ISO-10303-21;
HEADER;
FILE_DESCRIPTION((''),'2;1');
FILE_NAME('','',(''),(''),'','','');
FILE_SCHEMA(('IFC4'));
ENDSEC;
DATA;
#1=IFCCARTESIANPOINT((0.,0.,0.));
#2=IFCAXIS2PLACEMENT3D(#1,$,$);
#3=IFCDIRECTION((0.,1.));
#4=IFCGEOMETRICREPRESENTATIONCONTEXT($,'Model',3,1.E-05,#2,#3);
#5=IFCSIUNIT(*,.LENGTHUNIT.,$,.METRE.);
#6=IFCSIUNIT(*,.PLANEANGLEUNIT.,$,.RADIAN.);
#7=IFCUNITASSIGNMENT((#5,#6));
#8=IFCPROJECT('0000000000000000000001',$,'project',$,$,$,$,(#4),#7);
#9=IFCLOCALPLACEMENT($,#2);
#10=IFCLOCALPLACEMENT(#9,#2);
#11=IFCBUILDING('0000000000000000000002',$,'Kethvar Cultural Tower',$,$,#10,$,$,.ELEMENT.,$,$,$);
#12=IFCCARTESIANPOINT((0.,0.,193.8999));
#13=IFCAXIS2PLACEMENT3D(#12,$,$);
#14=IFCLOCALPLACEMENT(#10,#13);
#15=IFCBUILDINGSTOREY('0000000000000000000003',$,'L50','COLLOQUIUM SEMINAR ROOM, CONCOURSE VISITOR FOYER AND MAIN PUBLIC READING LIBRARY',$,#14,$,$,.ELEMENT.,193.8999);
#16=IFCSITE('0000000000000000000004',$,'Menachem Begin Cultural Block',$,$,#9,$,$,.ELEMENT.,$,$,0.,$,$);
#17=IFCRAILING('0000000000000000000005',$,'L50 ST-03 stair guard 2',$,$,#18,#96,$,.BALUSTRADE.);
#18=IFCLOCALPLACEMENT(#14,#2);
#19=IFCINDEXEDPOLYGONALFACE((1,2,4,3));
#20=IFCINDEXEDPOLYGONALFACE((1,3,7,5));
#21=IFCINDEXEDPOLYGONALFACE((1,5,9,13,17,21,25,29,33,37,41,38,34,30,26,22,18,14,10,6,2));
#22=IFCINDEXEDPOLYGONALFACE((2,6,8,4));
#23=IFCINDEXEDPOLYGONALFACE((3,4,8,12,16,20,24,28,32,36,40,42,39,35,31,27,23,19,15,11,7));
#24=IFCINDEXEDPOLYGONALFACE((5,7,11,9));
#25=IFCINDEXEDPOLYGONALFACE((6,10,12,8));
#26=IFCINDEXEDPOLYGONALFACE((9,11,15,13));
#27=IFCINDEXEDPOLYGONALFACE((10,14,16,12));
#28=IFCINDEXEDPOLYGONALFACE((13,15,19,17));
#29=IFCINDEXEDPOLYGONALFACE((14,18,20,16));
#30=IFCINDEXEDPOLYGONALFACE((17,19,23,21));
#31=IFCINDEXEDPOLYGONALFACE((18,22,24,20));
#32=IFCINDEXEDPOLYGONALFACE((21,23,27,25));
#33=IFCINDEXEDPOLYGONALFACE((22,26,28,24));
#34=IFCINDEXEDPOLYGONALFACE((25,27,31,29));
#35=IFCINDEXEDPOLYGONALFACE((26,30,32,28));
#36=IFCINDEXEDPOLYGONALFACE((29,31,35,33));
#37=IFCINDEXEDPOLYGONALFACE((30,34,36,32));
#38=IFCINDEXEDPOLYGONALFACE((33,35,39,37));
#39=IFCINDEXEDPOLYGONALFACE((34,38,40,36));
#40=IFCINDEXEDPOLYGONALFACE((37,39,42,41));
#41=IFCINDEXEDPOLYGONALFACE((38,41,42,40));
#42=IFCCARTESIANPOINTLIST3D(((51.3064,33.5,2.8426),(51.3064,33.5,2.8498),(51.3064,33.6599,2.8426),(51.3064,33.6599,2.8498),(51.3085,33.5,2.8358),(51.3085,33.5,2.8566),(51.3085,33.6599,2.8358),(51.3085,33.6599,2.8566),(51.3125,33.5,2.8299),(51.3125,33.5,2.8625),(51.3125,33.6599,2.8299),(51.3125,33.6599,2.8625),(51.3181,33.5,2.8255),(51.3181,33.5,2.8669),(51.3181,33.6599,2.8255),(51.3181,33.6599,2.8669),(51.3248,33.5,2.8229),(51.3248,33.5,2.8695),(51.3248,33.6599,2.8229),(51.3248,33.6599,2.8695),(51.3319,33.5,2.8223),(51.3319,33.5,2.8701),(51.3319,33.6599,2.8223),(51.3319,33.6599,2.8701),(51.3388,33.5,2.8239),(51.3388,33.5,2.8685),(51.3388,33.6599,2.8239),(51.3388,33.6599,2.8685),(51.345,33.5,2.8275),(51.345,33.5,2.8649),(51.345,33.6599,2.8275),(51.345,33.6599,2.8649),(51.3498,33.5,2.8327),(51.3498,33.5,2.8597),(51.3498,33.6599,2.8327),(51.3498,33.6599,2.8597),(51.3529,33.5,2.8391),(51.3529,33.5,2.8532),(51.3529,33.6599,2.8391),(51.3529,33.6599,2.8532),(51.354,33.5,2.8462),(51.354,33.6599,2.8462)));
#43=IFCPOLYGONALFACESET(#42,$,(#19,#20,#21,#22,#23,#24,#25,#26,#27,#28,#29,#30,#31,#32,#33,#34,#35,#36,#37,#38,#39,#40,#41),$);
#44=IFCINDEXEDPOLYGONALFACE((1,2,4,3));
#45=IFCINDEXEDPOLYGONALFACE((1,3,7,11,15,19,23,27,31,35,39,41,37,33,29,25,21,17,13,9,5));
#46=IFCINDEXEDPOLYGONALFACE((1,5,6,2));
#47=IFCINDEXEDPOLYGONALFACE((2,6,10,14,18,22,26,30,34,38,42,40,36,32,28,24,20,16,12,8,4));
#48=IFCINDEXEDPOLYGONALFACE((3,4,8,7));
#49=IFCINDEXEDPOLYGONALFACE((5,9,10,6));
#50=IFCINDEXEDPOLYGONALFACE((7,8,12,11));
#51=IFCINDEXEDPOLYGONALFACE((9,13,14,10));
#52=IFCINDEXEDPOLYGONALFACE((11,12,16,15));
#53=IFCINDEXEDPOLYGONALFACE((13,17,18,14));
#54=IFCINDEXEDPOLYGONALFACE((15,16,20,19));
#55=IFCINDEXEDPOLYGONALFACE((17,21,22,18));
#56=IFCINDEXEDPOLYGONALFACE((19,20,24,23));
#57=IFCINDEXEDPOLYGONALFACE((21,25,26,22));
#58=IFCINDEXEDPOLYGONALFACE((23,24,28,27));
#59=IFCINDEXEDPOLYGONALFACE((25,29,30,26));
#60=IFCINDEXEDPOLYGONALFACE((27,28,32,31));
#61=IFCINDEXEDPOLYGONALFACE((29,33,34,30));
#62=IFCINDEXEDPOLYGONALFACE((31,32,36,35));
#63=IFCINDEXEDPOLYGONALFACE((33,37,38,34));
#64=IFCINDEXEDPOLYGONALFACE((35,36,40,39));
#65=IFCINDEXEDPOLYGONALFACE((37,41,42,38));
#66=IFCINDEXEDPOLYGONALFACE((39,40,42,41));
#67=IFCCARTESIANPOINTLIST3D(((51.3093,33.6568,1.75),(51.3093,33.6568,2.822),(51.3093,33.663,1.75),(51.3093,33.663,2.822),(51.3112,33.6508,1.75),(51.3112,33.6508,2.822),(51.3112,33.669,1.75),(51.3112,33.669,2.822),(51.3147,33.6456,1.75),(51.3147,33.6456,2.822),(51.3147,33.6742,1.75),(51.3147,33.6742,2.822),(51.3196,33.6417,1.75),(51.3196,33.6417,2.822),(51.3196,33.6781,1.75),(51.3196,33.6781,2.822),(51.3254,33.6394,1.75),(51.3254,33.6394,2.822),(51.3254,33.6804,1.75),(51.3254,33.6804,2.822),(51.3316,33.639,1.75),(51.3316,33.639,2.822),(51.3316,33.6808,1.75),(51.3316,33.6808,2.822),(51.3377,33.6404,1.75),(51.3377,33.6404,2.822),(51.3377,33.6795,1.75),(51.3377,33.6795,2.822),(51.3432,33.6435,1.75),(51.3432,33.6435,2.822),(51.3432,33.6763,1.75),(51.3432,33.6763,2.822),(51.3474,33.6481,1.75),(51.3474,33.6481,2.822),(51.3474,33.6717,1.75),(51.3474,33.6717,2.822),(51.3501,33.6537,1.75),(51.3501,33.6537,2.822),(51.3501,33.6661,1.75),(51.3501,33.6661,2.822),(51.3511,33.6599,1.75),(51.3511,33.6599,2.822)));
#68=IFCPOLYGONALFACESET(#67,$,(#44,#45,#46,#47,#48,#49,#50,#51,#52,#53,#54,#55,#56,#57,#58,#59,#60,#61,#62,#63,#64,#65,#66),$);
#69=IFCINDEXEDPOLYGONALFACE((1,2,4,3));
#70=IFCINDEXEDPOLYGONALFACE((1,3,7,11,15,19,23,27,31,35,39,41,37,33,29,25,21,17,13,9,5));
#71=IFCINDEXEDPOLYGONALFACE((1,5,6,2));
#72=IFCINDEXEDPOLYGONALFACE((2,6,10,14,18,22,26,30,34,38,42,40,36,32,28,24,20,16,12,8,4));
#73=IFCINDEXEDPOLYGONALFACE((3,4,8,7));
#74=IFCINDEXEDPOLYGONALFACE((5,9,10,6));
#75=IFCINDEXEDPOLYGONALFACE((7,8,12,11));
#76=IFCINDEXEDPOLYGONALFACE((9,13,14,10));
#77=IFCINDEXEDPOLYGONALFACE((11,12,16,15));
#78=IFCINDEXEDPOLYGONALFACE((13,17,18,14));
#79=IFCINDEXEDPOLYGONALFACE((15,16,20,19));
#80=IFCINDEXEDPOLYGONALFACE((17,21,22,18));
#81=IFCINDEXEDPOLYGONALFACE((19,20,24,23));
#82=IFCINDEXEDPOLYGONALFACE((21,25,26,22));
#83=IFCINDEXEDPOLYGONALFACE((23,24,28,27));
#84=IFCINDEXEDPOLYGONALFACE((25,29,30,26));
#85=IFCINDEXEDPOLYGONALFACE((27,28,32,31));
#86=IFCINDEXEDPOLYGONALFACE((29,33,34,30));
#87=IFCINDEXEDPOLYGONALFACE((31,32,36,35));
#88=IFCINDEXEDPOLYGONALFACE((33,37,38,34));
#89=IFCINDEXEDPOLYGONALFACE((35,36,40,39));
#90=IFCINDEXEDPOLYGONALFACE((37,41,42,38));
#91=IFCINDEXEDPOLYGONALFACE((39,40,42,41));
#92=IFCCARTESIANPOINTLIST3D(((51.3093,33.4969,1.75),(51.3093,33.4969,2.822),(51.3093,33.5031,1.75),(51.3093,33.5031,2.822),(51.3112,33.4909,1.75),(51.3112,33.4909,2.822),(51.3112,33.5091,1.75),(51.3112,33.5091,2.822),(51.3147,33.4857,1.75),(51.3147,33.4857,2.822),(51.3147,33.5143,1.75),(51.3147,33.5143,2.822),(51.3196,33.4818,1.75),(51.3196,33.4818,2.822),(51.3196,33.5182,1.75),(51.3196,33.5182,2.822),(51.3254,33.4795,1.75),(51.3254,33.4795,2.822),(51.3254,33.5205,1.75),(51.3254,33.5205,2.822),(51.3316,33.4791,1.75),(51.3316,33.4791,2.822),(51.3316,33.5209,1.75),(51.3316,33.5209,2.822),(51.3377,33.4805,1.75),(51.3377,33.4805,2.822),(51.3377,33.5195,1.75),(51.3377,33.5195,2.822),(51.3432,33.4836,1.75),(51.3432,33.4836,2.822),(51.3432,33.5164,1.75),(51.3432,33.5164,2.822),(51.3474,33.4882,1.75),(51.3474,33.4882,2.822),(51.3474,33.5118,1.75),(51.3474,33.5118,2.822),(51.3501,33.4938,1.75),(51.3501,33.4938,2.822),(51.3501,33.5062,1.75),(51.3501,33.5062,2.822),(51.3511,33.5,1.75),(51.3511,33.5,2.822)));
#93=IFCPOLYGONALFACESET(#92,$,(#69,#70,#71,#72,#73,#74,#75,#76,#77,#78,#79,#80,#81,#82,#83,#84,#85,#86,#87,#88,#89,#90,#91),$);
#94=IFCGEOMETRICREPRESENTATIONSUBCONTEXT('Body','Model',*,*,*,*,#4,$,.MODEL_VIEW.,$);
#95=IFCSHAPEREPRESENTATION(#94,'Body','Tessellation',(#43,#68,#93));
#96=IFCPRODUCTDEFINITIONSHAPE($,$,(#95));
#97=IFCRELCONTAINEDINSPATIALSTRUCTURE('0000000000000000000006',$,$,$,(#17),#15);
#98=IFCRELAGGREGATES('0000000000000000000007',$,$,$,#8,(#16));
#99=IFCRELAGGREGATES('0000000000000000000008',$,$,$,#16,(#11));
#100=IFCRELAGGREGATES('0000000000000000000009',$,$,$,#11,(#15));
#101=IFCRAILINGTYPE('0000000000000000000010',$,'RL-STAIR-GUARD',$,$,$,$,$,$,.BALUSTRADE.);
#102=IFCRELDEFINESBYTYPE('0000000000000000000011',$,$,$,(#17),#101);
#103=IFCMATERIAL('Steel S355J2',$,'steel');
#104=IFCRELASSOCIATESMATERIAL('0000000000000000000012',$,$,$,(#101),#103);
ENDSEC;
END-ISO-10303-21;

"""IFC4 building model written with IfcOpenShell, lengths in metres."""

from ifc_helpers import new_model, si_unit, direction, frame, origin, origin_2d, place, context, subcontext, project, spatial, circle, extrude, material, type_object, element, save


model = new_model("IFC4")

# Units and contexts
model_context = context("Model", 3, precision=1e-05, world=origin(), true_north=direction((0.0, 1.0)))
body_context = subcontext(model_context, "Body", "Model", "MODEL_VIEW")
ifc_project = project(units=[si_unit("LENGTHUNIT", "METRE"), si_unit("PLANEANGLEUNIT", "RADIAN")], contexts=[model_context])

# Site, building, storey
site_placement = place(None, origin())
site = spatial("IfcSite", under=ifc_project, at=site_placement, Name="Menachem Begin Cultural Block", CompositionType="ELEMENT", RefElevation=0.0)
building_placement = place(site_placement, origin())
building = spatial("IfcBuilding", under=site, at=building_placement, Name="Kethvar Cultural Tower", CompositionType="ELEMENT")
storey_placement = place(building_placement, frame((0.0, 0.0, 193.8999)))
storey = spatial("IfcBuildingStorey", under=building, at=storey_placement, Name="L50", Description="COLLOQUIUM SEMINAR ROOM, CONCOURSE VISITOR FOYER AND MAIN PUBLIC READING LIBRARY", CompositionType="ELEMENT", Elevation=193.8999)

# Shared definitions
ifc_material_1 = material(Name="Steel S355J2", Category="steel")

# Railing
railing_type_1 = type_object("IfcRailingType", Name="RL-STAIR-GUARD", PredefinedType="BALUSTRADE", material=ifc_material_1)
railing_1_placement = place(storey_placement, frame((51.3301, 33.6599, 1.75)))
element("IfcRailing", 1, at=railing_1_placement, inside=storey, type_object=railing_type_1, Name="L50 ST-03 stair guard 2", PredefinedType="BALUSTRADE", context=body_context, shape_type="SweptSolid", body=[
    extrude(circle(Radius=0.0239, at=origin_2d()), frame((0.0, 0.0, 1.0962), z_axis=(0.0, -1.0, 0.0), x_axis=(1.0, 0.0, 0.0)), (0.0, 0.0, 1.0), 0.1599),
    extrude(circle(Radius=0.021, at=origin_2d()), origin(), (0.0, 0.0, 1.0), 1.072),
    extrude(circle(Radius=0.021, at=origin_2d()), frame((0.0, -0.1599, 0.0)), (0.0, 0.0, 1.0), 1.072),
])

save(model, "model.ifc")
